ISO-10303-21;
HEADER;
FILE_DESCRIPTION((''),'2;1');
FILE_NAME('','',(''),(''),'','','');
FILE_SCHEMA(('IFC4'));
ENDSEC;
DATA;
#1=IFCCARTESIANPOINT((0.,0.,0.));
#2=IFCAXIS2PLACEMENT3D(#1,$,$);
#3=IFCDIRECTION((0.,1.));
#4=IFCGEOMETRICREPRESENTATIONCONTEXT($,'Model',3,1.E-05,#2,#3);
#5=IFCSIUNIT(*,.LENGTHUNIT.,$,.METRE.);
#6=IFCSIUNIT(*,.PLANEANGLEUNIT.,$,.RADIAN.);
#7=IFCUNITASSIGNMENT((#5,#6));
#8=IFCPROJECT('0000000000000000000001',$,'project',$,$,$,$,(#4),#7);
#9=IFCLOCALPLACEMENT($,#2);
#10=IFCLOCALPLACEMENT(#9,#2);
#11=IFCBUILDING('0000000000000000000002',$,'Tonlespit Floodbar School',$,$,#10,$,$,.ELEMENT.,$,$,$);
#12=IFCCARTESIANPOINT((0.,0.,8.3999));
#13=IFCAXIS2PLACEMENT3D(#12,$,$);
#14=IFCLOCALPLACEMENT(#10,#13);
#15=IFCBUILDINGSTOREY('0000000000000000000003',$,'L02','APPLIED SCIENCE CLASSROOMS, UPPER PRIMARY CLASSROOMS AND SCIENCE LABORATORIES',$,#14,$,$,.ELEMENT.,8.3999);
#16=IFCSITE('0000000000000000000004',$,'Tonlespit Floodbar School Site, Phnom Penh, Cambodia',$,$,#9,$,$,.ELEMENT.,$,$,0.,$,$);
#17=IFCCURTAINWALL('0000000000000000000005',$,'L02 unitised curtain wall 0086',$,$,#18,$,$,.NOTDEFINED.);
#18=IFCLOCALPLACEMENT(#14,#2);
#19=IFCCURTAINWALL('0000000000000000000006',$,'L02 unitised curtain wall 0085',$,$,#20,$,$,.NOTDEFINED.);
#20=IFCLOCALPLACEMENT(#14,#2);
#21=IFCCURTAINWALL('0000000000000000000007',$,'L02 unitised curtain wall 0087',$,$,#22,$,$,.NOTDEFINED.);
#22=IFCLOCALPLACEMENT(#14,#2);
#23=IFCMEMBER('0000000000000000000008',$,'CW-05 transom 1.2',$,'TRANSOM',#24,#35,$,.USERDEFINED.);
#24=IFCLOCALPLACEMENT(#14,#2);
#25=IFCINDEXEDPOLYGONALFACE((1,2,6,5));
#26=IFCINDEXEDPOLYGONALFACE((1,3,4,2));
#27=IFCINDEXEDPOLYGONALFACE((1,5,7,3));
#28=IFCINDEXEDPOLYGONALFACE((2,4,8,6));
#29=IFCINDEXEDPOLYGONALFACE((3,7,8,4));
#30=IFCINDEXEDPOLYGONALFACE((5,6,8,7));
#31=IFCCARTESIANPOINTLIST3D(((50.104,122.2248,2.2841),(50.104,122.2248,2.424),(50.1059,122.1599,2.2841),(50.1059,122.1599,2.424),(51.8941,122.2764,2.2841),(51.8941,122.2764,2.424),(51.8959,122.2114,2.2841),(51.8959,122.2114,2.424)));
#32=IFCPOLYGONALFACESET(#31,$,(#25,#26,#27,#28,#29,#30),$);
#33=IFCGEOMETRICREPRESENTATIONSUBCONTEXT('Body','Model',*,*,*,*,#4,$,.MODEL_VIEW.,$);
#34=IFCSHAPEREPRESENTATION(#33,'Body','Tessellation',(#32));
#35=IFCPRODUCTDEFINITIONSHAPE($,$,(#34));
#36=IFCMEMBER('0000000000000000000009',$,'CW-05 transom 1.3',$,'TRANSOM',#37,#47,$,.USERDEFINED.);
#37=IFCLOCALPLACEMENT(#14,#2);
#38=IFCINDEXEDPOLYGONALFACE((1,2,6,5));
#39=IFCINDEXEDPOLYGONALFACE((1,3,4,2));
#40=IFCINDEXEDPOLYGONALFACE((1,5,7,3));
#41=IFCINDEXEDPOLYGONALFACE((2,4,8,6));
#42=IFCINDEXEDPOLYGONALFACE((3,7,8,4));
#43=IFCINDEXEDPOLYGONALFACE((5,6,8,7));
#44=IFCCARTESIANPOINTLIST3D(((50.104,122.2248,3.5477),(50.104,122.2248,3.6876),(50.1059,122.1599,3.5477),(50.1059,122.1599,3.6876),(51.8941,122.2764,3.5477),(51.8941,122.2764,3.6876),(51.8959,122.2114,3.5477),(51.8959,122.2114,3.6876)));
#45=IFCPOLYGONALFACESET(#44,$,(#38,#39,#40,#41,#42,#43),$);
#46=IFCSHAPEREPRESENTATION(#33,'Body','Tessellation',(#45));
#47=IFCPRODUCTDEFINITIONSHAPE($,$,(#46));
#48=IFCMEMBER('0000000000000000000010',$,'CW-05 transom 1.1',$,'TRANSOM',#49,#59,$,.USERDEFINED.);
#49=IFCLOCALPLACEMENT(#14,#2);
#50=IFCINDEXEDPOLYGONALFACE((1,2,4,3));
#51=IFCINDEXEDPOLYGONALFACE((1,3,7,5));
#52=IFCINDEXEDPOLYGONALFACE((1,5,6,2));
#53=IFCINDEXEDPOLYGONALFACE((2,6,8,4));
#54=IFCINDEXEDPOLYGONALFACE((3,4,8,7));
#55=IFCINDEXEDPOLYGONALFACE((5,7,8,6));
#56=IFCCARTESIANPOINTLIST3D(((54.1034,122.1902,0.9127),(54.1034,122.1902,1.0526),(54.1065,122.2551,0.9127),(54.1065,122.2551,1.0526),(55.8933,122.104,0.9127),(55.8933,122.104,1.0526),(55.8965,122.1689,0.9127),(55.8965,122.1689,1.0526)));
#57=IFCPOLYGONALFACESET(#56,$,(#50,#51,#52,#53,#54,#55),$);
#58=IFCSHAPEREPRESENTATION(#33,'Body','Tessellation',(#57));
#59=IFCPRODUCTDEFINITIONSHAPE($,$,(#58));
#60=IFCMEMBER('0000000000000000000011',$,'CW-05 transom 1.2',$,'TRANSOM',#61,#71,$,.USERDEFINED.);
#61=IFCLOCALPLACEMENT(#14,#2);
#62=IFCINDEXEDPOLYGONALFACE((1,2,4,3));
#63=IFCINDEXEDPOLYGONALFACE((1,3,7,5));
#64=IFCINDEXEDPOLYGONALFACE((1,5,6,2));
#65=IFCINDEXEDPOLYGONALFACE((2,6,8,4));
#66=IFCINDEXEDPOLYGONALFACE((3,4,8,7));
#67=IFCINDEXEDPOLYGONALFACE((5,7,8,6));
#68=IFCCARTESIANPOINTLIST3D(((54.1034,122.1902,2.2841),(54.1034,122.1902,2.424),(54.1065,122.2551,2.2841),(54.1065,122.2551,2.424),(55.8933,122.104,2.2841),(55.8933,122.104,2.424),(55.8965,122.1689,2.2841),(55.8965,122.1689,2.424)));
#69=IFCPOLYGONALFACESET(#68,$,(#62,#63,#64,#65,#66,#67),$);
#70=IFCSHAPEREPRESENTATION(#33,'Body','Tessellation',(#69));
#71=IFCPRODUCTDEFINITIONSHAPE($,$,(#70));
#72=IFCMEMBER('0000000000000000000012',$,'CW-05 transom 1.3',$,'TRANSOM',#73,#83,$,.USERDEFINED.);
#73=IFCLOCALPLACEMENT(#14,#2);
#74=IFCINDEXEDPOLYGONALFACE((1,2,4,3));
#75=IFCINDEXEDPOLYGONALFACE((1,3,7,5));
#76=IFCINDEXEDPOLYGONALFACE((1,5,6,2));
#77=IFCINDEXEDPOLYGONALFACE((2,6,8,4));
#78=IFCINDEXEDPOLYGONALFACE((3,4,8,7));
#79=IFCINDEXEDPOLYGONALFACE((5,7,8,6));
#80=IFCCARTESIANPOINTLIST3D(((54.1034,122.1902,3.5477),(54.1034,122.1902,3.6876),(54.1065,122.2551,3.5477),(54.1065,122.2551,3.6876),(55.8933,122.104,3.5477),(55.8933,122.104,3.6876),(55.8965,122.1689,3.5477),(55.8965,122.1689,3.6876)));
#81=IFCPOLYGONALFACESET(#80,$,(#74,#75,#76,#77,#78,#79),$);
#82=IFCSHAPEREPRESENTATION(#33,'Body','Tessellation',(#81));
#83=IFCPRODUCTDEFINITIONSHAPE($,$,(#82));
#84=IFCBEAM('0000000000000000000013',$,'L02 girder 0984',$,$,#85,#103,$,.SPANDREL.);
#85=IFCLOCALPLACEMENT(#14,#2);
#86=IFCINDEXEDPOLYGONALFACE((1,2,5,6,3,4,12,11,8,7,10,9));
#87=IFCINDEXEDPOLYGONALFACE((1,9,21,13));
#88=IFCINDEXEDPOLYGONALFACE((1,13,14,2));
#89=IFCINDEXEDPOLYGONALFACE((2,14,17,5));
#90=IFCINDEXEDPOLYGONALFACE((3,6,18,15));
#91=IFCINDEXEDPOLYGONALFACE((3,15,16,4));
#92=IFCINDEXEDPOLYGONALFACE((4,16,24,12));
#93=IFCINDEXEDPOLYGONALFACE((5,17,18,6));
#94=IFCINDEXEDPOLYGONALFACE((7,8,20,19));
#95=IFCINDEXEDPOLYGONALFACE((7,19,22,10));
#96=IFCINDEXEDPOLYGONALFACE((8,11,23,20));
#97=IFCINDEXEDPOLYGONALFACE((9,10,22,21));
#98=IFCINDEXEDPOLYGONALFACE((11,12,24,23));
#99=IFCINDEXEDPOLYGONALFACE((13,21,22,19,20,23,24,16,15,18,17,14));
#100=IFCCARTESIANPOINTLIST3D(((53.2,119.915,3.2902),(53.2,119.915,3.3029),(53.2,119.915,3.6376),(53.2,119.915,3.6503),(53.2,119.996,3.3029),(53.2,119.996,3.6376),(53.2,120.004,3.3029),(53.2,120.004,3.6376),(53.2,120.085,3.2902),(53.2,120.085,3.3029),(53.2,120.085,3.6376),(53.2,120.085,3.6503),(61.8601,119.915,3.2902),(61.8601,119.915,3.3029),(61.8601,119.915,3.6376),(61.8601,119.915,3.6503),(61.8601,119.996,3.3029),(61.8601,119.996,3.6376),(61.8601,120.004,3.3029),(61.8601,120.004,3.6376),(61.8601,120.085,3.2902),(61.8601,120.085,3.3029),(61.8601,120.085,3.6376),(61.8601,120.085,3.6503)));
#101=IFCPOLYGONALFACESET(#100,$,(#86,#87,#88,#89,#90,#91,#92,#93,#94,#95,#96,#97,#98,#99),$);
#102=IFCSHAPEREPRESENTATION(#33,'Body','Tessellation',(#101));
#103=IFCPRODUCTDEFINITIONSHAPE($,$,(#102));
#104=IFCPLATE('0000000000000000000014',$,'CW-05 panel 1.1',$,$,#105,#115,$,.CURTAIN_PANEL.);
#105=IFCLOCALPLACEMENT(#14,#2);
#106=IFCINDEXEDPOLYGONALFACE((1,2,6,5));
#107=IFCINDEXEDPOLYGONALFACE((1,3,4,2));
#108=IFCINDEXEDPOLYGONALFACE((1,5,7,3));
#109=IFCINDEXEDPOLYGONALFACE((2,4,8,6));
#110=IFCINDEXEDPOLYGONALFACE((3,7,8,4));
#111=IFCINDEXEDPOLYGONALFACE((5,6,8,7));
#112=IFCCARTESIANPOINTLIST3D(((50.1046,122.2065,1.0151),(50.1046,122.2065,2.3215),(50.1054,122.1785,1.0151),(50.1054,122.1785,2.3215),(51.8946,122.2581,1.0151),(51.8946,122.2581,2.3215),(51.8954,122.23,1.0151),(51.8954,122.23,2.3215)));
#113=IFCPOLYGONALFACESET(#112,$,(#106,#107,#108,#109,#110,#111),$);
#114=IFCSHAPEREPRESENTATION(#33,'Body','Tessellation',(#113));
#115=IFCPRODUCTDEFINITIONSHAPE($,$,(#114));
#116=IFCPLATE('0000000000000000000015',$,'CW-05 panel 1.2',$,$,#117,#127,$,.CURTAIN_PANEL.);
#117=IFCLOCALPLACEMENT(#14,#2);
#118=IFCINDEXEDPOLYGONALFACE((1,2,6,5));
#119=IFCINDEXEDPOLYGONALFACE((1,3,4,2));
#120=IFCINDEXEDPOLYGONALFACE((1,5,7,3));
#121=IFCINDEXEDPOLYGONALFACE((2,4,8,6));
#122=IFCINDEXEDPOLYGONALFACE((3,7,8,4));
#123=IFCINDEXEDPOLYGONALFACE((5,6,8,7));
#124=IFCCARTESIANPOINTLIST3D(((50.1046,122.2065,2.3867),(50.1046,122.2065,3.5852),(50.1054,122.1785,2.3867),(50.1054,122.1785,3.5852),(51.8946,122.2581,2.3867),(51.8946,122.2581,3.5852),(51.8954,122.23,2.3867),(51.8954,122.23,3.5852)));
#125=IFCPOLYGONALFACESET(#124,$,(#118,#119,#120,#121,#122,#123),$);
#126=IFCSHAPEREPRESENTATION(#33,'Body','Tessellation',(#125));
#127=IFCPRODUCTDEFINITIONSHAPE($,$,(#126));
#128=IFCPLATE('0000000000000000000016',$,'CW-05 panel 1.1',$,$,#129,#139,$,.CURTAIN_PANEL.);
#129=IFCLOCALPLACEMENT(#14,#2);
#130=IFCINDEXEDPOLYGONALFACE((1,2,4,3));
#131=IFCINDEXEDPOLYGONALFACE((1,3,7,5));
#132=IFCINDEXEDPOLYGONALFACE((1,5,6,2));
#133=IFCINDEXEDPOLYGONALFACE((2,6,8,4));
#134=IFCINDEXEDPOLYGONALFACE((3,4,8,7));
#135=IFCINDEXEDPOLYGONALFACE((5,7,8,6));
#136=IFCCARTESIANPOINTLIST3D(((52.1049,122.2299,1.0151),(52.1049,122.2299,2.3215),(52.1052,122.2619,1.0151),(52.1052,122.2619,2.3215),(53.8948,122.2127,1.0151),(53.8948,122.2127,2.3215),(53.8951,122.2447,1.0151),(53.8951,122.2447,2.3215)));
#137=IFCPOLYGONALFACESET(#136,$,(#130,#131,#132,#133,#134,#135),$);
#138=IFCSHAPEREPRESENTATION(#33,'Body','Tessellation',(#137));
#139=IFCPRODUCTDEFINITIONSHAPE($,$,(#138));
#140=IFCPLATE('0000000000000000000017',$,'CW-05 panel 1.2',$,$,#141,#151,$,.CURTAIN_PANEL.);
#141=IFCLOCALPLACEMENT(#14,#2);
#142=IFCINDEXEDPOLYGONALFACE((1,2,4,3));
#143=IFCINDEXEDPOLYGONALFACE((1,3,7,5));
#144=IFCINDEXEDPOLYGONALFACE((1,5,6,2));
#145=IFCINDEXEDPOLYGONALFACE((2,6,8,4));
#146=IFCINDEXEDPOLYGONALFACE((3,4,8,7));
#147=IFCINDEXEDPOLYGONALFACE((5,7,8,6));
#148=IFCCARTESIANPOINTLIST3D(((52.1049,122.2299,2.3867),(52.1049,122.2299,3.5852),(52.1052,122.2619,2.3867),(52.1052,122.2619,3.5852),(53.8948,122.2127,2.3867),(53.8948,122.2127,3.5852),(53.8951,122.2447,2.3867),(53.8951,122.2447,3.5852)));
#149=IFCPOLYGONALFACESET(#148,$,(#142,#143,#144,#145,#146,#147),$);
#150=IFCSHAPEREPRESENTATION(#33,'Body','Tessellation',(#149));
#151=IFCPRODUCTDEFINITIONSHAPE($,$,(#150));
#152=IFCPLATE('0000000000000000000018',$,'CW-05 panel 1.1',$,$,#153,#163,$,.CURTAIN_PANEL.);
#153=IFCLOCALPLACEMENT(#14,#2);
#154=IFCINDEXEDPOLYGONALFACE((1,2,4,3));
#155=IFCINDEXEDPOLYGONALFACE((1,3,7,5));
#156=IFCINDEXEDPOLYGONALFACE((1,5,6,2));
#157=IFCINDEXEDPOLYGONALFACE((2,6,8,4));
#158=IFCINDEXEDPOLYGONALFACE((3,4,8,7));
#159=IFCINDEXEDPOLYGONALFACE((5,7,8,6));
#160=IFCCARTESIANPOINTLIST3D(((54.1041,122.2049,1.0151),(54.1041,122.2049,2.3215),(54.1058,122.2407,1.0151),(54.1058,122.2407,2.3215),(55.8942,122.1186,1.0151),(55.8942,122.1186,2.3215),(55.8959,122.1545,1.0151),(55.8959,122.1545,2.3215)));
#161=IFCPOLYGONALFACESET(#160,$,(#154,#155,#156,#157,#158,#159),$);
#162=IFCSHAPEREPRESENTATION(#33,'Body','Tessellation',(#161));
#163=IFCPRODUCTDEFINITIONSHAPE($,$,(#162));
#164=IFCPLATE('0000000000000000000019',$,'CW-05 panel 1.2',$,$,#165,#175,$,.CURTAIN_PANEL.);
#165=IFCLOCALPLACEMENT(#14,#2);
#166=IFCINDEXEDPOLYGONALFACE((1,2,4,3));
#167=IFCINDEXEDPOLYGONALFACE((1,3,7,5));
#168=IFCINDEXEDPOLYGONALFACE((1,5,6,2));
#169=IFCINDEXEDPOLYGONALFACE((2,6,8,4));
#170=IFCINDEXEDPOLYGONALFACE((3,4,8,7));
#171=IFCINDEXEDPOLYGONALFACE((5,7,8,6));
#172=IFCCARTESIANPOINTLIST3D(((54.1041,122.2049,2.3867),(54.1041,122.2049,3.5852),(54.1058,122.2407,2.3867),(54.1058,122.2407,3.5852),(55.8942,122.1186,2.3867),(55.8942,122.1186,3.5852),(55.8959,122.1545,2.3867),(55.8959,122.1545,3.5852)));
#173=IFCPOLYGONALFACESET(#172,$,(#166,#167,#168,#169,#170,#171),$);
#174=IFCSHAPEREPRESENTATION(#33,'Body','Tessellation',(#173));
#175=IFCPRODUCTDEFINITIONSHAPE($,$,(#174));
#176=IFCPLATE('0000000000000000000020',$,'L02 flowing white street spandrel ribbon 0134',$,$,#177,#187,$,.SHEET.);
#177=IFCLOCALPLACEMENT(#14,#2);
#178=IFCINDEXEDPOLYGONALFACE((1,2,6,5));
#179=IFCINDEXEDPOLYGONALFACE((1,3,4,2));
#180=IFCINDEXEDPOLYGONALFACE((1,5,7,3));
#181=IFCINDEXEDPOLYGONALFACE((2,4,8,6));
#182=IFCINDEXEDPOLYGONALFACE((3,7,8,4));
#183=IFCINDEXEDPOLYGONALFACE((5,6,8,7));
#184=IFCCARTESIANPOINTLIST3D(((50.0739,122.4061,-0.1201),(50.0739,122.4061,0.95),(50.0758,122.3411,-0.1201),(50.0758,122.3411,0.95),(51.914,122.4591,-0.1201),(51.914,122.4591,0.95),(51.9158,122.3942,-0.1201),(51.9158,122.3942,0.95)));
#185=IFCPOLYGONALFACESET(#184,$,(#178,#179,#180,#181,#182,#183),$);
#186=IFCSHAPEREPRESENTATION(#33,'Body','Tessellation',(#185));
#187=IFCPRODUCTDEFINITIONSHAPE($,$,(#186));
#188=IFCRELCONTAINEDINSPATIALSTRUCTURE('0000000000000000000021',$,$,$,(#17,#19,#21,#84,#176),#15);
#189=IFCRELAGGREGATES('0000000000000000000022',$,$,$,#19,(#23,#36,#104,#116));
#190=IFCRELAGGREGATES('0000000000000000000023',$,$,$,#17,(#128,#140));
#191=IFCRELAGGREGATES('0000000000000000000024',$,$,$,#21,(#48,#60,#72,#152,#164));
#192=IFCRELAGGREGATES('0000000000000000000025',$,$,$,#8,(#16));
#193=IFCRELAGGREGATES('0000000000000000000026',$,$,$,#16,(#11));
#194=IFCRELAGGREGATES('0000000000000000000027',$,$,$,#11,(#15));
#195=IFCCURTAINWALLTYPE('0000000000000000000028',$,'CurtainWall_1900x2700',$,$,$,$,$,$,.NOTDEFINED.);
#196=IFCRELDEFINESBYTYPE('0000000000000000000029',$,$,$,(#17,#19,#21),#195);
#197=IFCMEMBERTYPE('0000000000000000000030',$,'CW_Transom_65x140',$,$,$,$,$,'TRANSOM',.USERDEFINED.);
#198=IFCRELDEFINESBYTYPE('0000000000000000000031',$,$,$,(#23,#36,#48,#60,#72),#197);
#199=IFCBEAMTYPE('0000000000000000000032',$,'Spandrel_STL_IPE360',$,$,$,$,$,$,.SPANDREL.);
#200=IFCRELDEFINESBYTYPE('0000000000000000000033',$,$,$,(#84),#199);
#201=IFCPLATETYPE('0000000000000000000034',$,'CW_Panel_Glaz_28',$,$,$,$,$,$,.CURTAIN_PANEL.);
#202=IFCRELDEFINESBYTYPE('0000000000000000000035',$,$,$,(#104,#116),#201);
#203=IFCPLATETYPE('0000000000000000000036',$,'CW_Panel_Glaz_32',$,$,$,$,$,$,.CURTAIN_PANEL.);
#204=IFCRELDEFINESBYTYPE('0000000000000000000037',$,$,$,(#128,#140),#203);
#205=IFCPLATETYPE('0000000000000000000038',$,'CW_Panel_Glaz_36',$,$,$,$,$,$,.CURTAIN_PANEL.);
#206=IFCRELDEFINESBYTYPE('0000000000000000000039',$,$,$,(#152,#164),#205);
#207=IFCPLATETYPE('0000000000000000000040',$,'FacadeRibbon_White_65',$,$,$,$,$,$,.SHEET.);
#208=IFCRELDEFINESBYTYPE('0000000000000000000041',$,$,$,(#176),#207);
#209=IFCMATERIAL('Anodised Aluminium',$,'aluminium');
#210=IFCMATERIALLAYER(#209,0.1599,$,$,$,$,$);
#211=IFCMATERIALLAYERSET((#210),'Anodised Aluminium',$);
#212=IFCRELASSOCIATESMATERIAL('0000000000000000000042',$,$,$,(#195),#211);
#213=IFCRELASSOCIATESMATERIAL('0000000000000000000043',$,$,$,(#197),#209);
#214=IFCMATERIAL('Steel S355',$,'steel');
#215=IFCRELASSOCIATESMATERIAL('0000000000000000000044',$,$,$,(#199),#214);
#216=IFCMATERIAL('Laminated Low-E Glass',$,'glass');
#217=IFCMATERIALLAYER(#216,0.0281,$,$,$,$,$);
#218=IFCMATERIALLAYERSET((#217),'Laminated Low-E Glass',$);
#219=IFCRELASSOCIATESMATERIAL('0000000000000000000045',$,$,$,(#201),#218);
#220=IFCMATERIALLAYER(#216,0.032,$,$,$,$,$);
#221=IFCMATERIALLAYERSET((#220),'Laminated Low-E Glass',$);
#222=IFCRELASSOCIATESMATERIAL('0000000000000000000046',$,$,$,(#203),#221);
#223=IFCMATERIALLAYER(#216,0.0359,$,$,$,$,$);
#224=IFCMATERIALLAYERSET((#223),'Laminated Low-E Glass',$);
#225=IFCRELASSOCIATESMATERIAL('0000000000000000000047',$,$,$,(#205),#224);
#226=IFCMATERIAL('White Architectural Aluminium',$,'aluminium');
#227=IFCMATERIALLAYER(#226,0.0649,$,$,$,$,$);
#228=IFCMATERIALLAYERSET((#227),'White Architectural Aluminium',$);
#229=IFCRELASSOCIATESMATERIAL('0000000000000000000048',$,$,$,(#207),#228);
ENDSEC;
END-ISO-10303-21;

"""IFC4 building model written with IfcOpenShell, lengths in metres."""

from ifc_helpers import new_model, si_unit, direction, frame, origin, origin_2d, place, context, subcontext, project, spatial, rectangle, i_section, extrude, material, layer, layer_set, material_profile, profile_set, type_object, element, aggregate, save


model = new_model("IFC4")

# Units and contexts
model_context = context("Model", 3, precision=1e-05, world=origin(), true_north=direction((0.0, 1.0)))
body_context = subcontext(model_context, "Body", "Model", "MODEL_VIEW")
ifc_project = project(units=[si_unit("LENGTHUNIT", "METRE"), si_unit("PLANEANGLEUNIT", "RADIAN")], contexts=[model_context])

# Site, building, storey
site_placement = place(None, origin())
site = spatial("IfcSite", under=ifc_project, at=site_placement, Name="Tonlespit Floodbar School Site, Phnom Penh, Cambodia", CompositionType="ELEMENT", RefElevation=0.0)
building_placement = place(site_placement, origin())
building = spatial("IfcBuilding", under=site, at=building_placement, Name="Tonlespit Floodbar School", CompositionType="ELEMENT")
storey_placement = place(building_placement, frame((0.0, 0.0, 8.3999)))
storey = spatial("IfcBuildingStorey", under=building, at=storey_placement, Name="L02", Description="APPLIED SCIENCE CLASSROOMS, UPPER PRIMARY CLASSROOMS AND SCIENCE LABORATORIES", CompositionType="ELEMENT", Elevation=8.3999)

# Curtain walls
ifc_material_1 = material(Name="Anodised Aluminium", Category="aluminium")
ifc_layer_1 = layer(ifc_material_1, 0.1599)
ifc_layer_set_1 = layer_set([ifc_layer_1], Name="Anodised Aluminium")
curtain_wall_type = type_object("IfcCurtainWallType", Name="CurtainWall_1900x2700", PredefinedType="NOTDEFINED", material=ifc_layer_set_1)
curtain_wall_1_placement = place(storey_placement, origin())
curtain_wall_1 = element("IfcCurtainWall", 1, at=curtain_wall_1_placement, inside=storey, type_object=curtain_wall_type, Name="L02 unitised curtain wall 0086", PredefinedType="NOTDEFINED")
curtain_wall_2_placement = place(storey_placement, origin())
curtain_wall_2 = element("IfcCurtainWall", 2, at=curtain_wall_2_placement, inside=storey, type_object=curtain_wall_type, Name="L02 unitised curtain wall 0085", PredefinedType="NOTDEFINED")
curtain_wall_3_placement = place(storey_placement, origin())
curtain_wall_3 = element("IfcCurtainWall", 3, at=curtain_wall_3_placement, inside=storey, type_object=curtain_wall_type, Name="L02 unitised curtain wall 0087", PredefinedType="NOTDEFINED")

# Members
ifc_material_profile_1 = material_profile(ifc_material_1, rectangle(XDim=0.0649, YDim=0.1399, at=origin_2d()), Name="ALU T65x140")
ifc_profile_set_1 = profile_set([ifc_material_profile_1], Name="Anodised Aluminium")
member_type_1 = type_object("IfcMemberType", Name="CW_Transom_65x140", ElementType="TRANSOM", PredefinedType="USERDEFINED", material=ifc_profile_set_1)
member_1_placement = place(storey_placement, frame((50.105, 122.1924, 2.354), z_axis=(0.999586, 0.028766, 0.0), x_axis=(-0.028766, 0.999586, 0.0)))
member_1 = element("IfcMember", 4, at=member_1_placement, type_object=member_type_1, Name="CW-05 transom 1.2", ObjectType="TRANSOM", PredefinedType="USERDEFINED", context=body_context, shape_type="SweptSolid", body=[
    extrude(rectangle(XDim=0.0649, YDim=0.1399, at=origin_2d()), origin(), (0.0, 0.0, 1.0), 1.7908),
])
member_2_placement = place(storey_placement, frame((50.105, 122.1924, 3.6177), z_axis=(0.999586, 0.028766, 0.0), x_axis=(-0.028766, 0.999586, 0.0)))
member_2 = element("IfcMember", 5, at=member_2_placement, type_object=member_type_1, Name="CW-05 transom 1.3", ObjectType="TRANSOM", PredefinedType="USERDEFINED", context=body_context, shape_type="SweptSolid", body=[
    extrude(rectangle(XDim=0.0649, YDim=0.1399, at=origin_2d()), origin(), (0.0, 0.0, 1.0), 1.7908),
])
member_3_placement = place(storey_placement, frame((54.105, 122.2227, 0.9827), z_axis=(0.998843, -0.048089, 0.0), x_axis=(0.048089, 0.998843, 0.0)))
member_3 = element("IfcMember", 6, at=member_3_placement, type_object=member_type_1, Name="CW-05 transom 1.1", ObjectType="TRANSOM", PredefinedType="USERDEFINED", context=body_context, shape_type="SweptSolid", body=[
    extrude(rectangle(XDim=0.0649, YDim=0.1399, at=origin_2d()), origin(), (0.0, 0.0, 1.0), 1.792),
])
member_4_placement = place(storey_placement, frame((54.105, 122.2227, 2.354), z_axis=(0.998843, -0.048089, 0.0), x_axis=(0.048089, 0.998843, 0.0)))
member_4 = element("IfcMember", 7, at=member_4_placement, type_object=member_type_1, Name="CW-05 transom 1.2", ObjectType="TRANSOM", PredefinedType="USERDEFINED", context=body_context, shape_type="SweptSolid", body=[
    extrude(rectangle(XDim=0.0649, YDim=0.1399, at=origin_2d()), origin(), (0.0, 0.0, 1.0), 1.792),
])
member_5_placement = place(storey_placement, frame((54.105, 122.2227, 3.6177), z_axis=(0.998843, -0.048089, 0.0), x_axis=(0.048089, 0.998843, 0.0)))
member_5 = element("IfcMember", 8, at=member_5_placement, type_object=member_type_1, Name="CW-05 transom 1.3", ObjectType="TRANSOM", PredefinedType="USERDEFINED", context=body_context, shape_type="SweptSolid", body=[
    extrude(rectangle(XDim=0.0649, YDim=0.1399, at=origin_2d()), origin(), (0.0, 0.0, 1.0), 1.792),
])

# Beam
ifc_material_2 = material(Name="Steel S355", Category="steel")
ifc_material_profile_2 = material_profile(ifc_material_2, i_section(OverallWidth=0.1699, OverallDepth=0.3601, WebThickness=0.0081, FlangeThickness=0.0127, at=origin_2d()), Name="IPE 360")
ifc_profile_set_2 = profile_set([ifc_material_profile_2], Name="Steel S355")
beam_type_1 = type_object("IfcBeamType", Name="Spandrel_STL_IPE360", PredefinedType="SPANDREL", material=ifc_profile_set_2)
beam_1_placement = place(storey_placement, frame((53.2, 120.0, 3.4702), z_axis=(1.0, 0.0, 0.0), x_axis=(0.0, 1.0, 0.0)))
element("IfcBeam", 9, at=beam_1_placement, inside=storey, type_object=beam_type_1, Name="L02 girder 0984", PredefinedType="SPANDREL", context=body_context, shape_type="SweptSolid", body=[
    extrude(i_section(OverallWidth=0.1699, OverallDepth=0.3601, WebThickness=0.0081, FlangeThickness=0.0127, at=origin_2d()), origin(), (0.0, 0.0, 1.0), 8.6602),
])

# Plates
ifc_material_3 = material(Name="Laminated Low-E Glass", Category="glass")
ifc_layer_2 = layer(ifc_material_3, 0.0281)
ifc_layer_set_2 = layer_set([ifc_layer_2], Name="Laminated Low-E Glass")
plate_type_1 = type_object("IfcPlateType", Name="CW_Panel_Glaz_28", PredefinedType="CURTAIN_PANEL", material=ifc_layer_set_2)
plate_1_placement = place(storey_placement, frame((51.0, 122.2183, 1.0151), z_axis=(0.0, 0.0, 1.0), x_axis=(0.999585, 0.02879, 0.0)))
plate_1 = element("IfcPlate", 10, at=plate_1_placement, type_object=plate_type_1, Name="CW-05 panel 1.1", PredefinedType="CURTAIN_PANEL", context=body_context, shape_type="SweptSolid", body=[
    extrude(rectangle(XDim=1.7908, YDim=0.0281, at=origin_2d()), origin(), (0.0, 0.0, 1.0), 1.3064),
])
plate_2_placement = place(storey_placement, frame((51.0, 122.2183, 2.3867), z_axis=(0.0, 0.0, 1.0), x_axis=(0.999585, 0.02879, 0.0)))
plate_2 = element("IfcPlate", 11, at=plate_2_placement, type_object=plate_type_1, Name="CW-05 panel 1.2", PredefinedType="CURTAIN_PANEL", context=body_context, shape_type="SweptSolid", body=[
    extrude(rectangle(XDim=1.7908, YDim=0.0281, at=origin_2d()), origin(), (0.0, 0.0, 1.0), 1.1985),
])
aggregate(curtain_wall_2, [member_1, member_2, plate_1, plate_2])
ifc_layer_3 = layer(ifc_material_3, 0.032)
ifc_layer_set_3 = layer_set([ifc_layer_3], Name="Laminated Low-E Glass")
plate_type_2 = type_object("IfcPlateType", Name="CW_Panel_Glaz_32", PredefinedType="CURTAIN_PANEL", material=ifc_layer_set_3)
plate_3_placement = place(storey_placement, frame((53.0, 122.2373, 1.0151), z_axis=(0.0, 0.0, 1.0), x_axis=(0.999954, -0.009583, 0.0)))
plate_3 = element("IfcPlate", 12, at=plate_3_placement, type_object=plate_type_2, Name="CW-05 panel 1.1", PredefinedType="CURTAIN_PANEL", context=body_context, shape_type="SweptSolid", body=[
    extrude(rectangle(XDim=1.79, YDim=0.032, at=origin_2d()), origin(), (0.0, 0.0, 1.0), 1.3064),
])
plate_4_placement = place(storey_placement, frame((53.0, 122.2373, 2.3867), z_axis=(0.0, 0.0, 1.0), x_axis=(0.999954, -0.009583, 0.0)))
plate_4 = element("IfcPlate", 13, at=plate_4_placement, type_object=plate_type_2, Name="CW-05 panel 1.2", PredefinedType="CURTAIN_PANEL", context=body_context, shape_type="SweptSolid", body=[
    extrude(rectangle(XDim=1.79, YDim=0.032, at=origin_2d()), origin(), (0.0, 0.0, 1.0), 1.1985),
])
aggregate(curtain_wall_1, [plate_3, plate_4])
ifc_layer_4 = layer(ifc_material_3, 0.0359)
ifc_layer_set_4 = layer_set([ifc_layer_4], Name="Laminated Low-E Glass")
plate_type_3 = type_object("IfcPlateType", Name="CW_Panel_Glaz_36", PredefinedType="CURTAIN_PANEL", material=ifc_layer_set_4)
plate_5_placement = place(storey_placement, frame((55.0, 122.1797, 1.0151), z_axis=(0.0, 0.0, 1.0), x_axis=(0.998842, -0.048121, 0.0)))
plate_5 = element("IfcPlate", 14, at=plate_5_placement, type_object=plate_type_3, Name="CW-05 panel 1.1", PredefinedType="CURTAIN_PANEL", context=body_context, shape_type="SweptSolid", body=[
    extrude(rectangle(XDim=1.7922, YDim=0.0359, at=origin_2d()), origin(), (0.0, 0.0, 1.0), 1.3064),
])
plate_6_placement = place(storey_placement, frame((55.0, 122.1797, 2.3867), z_axis=(0.0, 0.0, 1.0), x_axis=(0.998842, -0.048121, 0.0)))
plate_6 = element("IfcPlate", 15, at=plate_6_placement, type_object=plate_type_3, Name="CW-05 panel 1.2", PredefinedType="CURTAIN_PANEL", context=body_context, shape_type="SweptSolid", body=[
    extrude(rectangle(XDim=1.7922, YDim=0.0359, at=origin_2d()), origin(), (0.0, 0.0, 1.0), 1.1985),
])
aggregate(curtain_wall_3, [member_3, member_4, member_5, plate_5, plate_6])

# Plate
ifc_material_4 = material(Name="White Architectural Aluminium", Category="aluminium")
ifc_layer_5 = layer(ifc_material_4, 0.0649)
ifc_layer_set_5 = layer_set([ifc_layer_5], Name="White Architectural Aluminium")
plate_type_4 = type_object("IfcPlateType", Name="FacadeRibbon_White_65", PredefinedType="SHEET", material=ifc_layer_set_5)
plate_7_placement = place(storey_placement, frame((50.9949, 122.4001, -0.1201), z_axis=(0.0, 0.0, 1.0), x_axis=(0.999584, 0.028838, 0.0)))
element("IfcPlate", 16, at=plate_7_placement, inside=storey, type_object=plate_type_4, Name="L02 flowing white street spandrel ribbon 0134", PredefinedType="SHEET", context=body_context, shape_type="SweptSolid", body=[
    extrude(rectangle(XDim=1.8408, YDim=0.0649, at=origin_2d()), origin(), (0.0, 0.0, 1.0), 1.0701),
])

save(model, "model.ifc")
